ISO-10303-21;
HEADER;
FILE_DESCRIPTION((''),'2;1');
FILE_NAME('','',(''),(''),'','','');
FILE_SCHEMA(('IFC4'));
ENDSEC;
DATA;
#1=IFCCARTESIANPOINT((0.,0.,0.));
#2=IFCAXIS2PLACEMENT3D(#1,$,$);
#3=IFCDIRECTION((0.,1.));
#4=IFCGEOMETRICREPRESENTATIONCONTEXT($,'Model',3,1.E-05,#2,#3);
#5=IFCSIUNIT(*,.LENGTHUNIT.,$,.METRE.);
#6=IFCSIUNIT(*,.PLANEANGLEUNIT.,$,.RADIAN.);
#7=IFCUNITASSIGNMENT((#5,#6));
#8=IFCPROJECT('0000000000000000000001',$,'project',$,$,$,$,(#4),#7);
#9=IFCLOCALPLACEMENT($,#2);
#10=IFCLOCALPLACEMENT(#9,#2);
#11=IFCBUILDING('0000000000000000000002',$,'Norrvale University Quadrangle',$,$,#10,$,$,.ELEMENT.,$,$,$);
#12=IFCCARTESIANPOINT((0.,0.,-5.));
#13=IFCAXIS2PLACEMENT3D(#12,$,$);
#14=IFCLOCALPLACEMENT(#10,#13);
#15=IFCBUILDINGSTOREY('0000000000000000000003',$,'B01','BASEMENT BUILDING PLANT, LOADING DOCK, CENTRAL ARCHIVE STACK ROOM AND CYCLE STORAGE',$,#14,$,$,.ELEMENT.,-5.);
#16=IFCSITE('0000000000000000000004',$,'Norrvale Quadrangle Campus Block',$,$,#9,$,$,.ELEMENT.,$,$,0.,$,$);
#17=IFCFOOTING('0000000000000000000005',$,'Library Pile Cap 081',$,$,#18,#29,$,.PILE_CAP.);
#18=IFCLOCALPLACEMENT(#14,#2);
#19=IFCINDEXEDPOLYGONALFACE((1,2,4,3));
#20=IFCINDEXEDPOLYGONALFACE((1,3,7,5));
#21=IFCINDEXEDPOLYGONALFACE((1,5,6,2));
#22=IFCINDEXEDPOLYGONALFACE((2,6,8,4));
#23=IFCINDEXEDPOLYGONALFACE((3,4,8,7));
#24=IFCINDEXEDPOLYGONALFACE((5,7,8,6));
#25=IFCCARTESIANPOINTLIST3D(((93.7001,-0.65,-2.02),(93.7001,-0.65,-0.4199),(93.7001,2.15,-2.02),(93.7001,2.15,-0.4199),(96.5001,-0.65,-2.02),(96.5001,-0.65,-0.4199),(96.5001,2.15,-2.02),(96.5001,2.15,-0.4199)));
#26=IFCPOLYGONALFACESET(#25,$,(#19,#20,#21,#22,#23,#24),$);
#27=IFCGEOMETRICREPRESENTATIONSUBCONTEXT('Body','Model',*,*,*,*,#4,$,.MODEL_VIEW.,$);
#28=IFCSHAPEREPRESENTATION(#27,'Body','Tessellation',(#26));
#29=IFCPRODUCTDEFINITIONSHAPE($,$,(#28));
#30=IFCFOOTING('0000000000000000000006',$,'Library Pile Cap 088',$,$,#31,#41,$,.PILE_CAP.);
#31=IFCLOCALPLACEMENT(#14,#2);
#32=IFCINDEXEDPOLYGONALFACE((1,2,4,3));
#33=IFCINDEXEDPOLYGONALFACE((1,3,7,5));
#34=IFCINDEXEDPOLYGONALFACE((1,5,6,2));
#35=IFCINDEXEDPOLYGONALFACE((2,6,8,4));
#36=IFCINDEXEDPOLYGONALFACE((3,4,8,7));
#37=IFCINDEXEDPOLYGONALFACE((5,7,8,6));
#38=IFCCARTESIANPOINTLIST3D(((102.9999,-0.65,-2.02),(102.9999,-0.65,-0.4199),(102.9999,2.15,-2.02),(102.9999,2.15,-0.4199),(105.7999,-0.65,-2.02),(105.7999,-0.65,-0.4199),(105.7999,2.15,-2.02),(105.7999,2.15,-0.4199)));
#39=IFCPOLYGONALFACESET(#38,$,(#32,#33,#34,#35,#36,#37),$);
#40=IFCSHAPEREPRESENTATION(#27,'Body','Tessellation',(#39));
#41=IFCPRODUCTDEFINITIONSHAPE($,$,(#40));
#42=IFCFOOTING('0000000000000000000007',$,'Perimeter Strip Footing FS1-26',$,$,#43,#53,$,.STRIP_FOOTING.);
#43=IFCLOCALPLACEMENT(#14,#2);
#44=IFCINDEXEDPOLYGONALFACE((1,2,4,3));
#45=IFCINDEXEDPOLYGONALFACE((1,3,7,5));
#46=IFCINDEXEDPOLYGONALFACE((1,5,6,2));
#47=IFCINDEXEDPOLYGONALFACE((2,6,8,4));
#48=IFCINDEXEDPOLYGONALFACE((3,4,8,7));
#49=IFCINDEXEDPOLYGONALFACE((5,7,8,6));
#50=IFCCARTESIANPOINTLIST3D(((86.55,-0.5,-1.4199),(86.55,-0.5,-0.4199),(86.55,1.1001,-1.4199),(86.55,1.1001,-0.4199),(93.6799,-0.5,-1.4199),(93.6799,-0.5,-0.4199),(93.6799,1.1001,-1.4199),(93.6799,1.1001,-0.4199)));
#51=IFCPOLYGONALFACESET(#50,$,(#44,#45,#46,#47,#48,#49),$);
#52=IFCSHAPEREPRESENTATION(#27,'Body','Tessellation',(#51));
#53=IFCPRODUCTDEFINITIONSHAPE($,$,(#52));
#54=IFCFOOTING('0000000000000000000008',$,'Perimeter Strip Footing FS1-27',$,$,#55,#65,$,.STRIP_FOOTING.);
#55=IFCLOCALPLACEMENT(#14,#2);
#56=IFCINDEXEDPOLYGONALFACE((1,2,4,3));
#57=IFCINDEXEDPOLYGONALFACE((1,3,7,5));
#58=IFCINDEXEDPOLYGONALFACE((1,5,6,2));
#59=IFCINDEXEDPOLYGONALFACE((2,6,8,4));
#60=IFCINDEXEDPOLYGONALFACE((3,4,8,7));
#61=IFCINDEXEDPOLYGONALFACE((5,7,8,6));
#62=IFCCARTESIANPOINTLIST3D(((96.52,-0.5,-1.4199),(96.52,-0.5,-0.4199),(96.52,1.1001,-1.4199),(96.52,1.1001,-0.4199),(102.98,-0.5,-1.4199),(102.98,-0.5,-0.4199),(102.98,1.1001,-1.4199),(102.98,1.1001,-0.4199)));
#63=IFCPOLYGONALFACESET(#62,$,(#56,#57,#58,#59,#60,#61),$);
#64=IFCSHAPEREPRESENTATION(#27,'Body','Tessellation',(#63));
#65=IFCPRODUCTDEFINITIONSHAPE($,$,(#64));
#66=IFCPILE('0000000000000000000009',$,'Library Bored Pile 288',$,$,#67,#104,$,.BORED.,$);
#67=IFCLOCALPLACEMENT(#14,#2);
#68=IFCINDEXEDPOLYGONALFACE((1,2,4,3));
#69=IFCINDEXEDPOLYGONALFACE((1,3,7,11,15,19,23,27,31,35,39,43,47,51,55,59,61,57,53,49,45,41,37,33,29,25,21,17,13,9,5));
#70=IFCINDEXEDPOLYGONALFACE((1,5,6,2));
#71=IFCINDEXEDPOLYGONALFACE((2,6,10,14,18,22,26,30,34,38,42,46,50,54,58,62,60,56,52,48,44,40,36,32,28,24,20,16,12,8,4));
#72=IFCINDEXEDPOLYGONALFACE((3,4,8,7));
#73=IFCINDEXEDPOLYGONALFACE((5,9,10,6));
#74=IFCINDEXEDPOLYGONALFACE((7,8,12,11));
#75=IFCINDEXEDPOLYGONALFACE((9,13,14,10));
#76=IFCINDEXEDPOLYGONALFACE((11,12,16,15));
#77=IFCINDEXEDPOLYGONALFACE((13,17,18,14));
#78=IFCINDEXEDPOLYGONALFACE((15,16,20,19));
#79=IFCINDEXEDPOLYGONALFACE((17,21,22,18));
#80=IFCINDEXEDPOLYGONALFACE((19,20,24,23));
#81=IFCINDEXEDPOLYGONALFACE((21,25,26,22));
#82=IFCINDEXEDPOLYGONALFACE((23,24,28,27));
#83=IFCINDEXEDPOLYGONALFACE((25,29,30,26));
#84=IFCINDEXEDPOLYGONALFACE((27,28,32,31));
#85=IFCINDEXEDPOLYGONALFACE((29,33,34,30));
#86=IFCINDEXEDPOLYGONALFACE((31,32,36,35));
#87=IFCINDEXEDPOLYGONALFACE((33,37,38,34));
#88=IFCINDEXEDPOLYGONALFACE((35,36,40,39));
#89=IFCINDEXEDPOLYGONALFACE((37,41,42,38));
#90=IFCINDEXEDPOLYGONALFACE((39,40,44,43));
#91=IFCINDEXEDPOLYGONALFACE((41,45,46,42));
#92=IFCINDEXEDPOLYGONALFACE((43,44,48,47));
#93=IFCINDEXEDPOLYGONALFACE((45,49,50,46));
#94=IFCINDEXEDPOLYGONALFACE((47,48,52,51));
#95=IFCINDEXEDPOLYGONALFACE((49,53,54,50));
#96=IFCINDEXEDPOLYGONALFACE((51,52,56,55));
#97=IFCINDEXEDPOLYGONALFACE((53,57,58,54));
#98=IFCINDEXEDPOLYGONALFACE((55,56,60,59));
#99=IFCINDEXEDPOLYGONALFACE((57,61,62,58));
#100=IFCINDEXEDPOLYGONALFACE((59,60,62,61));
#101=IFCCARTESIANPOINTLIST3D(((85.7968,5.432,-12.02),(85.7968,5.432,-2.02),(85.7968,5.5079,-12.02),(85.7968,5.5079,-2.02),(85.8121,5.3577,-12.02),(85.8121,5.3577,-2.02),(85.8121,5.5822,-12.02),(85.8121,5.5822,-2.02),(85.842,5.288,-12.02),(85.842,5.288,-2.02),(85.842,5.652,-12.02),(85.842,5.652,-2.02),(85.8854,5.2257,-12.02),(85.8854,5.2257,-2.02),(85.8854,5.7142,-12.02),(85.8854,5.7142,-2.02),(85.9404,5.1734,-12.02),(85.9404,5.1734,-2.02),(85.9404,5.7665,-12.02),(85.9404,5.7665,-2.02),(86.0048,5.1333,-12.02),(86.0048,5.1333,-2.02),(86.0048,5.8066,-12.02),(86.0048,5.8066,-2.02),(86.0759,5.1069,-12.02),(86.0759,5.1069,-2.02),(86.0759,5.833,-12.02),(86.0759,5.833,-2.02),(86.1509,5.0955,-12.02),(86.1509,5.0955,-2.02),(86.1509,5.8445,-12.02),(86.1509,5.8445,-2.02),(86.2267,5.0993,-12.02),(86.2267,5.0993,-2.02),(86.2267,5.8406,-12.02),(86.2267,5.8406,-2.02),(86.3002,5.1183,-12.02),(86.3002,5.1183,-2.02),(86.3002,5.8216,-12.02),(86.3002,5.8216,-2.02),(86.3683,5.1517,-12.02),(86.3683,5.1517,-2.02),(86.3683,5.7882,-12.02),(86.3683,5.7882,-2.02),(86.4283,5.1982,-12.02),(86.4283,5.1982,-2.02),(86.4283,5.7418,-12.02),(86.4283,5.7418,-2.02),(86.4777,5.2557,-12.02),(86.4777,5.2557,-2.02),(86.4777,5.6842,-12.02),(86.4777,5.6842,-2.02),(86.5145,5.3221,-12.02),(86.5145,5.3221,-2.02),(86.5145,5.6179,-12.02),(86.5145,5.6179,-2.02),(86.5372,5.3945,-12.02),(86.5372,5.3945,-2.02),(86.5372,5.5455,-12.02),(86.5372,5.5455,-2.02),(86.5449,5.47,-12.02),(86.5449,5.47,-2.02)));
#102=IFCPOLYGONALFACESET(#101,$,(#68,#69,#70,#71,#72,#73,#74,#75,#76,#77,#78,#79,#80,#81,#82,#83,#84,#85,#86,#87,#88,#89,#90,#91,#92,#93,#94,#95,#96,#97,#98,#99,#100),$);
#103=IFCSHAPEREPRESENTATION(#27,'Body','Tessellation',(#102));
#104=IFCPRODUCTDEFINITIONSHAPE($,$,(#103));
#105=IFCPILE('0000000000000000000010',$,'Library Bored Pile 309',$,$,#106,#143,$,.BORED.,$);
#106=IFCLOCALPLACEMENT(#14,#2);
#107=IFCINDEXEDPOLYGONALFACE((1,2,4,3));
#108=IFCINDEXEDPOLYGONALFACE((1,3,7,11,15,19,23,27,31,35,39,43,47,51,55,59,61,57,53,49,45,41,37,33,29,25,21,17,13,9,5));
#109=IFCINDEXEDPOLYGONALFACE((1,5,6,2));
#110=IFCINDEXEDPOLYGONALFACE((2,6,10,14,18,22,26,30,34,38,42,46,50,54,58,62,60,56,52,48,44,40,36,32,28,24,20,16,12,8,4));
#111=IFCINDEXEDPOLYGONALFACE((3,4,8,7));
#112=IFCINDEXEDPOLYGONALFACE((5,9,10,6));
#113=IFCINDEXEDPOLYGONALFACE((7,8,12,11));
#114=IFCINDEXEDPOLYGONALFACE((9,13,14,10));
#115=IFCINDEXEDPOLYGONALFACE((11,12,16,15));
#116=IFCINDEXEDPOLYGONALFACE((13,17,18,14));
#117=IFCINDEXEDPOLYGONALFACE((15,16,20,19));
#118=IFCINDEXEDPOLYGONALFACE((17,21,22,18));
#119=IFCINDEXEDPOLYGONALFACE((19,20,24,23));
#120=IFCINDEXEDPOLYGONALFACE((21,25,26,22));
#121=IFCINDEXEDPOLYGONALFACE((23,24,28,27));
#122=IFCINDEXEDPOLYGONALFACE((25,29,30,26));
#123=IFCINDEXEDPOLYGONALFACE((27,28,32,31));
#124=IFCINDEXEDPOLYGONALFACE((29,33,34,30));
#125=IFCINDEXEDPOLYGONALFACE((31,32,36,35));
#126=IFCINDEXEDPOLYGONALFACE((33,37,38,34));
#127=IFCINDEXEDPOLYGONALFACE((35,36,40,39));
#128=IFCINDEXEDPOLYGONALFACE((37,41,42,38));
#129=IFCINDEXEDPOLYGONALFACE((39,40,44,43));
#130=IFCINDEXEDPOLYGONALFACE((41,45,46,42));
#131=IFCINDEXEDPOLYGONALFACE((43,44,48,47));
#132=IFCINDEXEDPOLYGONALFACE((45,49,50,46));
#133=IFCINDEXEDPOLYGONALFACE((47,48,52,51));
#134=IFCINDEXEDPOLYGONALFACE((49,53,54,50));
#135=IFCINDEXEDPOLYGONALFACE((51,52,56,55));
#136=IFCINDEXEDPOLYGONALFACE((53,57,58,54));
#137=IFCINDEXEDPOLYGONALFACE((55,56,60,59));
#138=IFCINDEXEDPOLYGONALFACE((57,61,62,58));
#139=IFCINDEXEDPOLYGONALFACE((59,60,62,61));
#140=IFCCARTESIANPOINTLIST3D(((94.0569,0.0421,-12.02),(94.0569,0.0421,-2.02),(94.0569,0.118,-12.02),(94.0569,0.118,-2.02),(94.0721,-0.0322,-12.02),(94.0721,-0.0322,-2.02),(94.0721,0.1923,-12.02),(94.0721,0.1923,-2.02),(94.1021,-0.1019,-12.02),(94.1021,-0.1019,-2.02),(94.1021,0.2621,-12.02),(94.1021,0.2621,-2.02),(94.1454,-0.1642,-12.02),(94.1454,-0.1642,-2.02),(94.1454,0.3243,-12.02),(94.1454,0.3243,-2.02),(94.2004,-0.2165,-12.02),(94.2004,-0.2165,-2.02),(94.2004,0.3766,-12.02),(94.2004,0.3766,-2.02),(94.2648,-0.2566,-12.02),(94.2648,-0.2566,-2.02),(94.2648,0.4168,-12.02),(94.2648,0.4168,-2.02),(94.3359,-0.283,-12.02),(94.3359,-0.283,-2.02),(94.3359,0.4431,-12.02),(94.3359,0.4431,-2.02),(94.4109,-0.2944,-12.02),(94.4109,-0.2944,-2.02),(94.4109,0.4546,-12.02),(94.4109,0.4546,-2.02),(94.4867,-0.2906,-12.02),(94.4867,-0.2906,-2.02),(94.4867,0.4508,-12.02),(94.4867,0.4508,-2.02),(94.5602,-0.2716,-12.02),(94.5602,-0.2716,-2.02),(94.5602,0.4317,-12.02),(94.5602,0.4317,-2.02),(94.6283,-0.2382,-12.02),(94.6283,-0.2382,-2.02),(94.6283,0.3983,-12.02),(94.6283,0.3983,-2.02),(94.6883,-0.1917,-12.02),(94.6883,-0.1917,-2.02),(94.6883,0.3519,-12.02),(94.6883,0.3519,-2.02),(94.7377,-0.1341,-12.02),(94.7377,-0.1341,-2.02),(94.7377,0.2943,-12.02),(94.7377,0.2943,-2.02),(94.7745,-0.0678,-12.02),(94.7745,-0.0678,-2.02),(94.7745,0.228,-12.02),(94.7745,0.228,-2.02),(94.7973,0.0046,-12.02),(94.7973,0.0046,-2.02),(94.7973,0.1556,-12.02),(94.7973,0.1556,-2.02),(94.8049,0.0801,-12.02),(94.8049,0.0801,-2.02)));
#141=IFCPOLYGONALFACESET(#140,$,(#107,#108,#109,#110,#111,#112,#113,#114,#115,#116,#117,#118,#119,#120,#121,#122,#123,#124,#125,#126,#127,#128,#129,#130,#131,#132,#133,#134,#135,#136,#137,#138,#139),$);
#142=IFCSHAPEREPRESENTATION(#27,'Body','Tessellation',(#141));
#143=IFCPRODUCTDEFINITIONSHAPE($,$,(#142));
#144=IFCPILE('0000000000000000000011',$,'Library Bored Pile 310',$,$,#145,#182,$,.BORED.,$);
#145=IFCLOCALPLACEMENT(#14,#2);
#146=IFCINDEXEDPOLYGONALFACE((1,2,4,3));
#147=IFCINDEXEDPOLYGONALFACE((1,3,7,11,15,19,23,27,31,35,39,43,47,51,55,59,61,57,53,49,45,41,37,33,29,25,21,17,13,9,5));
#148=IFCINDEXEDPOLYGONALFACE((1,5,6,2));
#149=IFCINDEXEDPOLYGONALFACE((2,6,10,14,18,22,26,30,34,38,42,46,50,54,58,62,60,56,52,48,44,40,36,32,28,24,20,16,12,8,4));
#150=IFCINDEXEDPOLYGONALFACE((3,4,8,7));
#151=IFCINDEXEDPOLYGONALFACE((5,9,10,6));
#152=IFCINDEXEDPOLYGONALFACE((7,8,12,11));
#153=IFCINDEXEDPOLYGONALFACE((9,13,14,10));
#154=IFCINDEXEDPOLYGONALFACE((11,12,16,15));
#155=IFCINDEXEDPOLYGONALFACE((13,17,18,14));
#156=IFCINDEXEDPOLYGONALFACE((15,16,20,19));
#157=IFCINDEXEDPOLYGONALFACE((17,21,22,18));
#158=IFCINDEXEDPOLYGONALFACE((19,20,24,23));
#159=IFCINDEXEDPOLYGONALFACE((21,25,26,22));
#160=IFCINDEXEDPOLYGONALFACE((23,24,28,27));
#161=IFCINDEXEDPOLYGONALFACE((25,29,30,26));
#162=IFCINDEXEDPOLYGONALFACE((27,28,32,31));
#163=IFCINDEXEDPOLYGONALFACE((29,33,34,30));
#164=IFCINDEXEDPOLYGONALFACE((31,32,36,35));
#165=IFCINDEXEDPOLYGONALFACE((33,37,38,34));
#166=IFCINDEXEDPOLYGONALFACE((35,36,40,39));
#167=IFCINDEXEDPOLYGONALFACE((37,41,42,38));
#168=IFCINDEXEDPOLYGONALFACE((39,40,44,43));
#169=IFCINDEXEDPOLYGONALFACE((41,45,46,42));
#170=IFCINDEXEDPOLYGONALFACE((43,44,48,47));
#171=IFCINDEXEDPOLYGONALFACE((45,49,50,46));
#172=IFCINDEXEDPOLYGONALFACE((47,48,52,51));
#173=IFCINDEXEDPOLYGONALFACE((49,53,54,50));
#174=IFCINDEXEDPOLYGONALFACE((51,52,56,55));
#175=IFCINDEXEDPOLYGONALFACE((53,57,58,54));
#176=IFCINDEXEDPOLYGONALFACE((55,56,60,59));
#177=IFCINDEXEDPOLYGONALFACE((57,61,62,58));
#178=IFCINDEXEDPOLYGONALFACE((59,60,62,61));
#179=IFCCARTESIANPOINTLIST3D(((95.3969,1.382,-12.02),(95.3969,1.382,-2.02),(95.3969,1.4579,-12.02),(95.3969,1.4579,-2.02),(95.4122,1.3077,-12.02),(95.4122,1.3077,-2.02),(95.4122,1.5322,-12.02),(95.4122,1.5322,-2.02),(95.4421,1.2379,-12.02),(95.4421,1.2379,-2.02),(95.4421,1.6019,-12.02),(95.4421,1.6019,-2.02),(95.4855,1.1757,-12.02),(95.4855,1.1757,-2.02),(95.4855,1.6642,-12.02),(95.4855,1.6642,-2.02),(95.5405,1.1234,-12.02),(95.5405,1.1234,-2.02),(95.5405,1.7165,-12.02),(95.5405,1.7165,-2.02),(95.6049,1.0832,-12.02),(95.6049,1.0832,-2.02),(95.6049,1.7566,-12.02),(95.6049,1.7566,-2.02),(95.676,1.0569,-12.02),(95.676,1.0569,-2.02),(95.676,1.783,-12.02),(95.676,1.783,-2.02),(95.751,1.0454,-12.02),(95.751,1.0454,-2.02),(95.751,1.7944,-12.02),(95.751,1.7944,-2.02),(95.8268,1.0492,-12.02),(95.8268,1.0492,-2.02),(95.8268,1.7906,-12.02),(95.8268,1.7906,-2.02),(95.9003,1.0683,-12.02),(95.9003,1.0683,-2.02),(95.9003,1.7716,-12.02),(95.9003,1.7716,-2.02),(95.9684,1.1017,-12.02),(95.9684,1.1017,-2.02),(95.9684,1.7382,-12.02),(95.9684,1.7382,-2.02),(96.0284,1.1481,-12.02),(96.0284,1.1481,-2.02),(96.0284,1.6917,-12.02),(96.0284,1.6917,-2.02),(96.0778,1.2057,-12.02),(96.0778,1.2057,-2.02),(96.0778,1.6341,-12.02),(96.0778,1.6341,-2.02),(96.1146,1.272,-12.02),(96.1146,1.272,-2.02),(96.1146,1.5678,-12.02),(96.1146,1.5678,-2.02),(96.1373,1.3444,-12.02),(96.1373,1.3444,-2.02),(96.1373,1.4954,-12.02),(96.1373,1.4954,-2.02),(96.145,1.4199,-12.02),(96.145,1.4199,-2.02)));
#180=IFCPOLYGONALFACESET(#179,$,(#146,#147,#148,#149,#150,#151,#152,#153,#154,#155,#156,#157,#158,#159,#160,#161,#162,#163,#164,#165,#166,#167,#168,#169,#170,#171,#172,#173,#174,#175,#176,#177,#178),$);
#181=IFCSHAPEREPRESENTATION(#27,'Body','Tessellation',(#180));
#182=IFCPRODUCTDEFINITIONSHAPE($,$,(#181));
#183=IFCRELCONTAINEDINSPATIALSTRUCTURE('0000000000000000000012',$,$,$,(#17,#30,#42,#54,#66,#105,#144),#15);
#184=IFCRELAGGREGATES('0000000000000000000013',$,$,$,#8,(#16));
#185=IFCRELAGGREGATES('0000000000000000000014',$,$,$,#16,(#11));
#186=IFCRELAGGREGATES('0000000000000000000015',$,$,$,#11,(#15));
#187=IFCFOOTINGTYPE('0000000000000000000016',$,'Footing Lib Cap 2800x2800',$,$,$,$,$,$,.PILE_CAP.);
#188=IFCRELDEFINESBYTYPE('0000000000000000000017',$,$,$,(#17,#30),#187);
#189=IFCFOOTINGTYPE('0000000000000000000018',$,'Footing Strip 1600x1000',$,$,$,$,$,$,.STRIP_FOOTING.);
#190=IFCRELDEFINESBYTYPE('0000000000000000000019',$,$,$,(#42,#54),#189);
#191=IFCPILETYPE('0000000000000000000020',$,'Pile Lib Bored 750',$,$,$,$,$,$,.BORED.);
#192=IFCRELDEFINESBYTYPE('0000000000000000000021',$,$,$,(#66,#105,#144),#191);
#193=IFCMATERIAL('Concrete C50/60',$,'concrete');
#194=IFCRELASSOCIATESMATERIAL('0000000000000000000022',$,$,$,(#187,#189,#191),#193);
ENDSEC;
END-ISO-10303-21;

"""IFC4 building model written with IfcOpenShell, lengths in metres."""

from ifc_helpers import new_model, si_unit, direction, frame, origin, origin_2d, place, context, subcontext, project, spatial, rectangle, circle, extrude, material, material_profile, profile_set, type_object, element, save


model = new_model("IFC4")

# Units and contexts
model_context = context("Model", 3, precision=1e-05, world=origin(), true_north=direction((0.0, 1.0)))
body_context = subcontext(model_context, "Body", "Model", "MODEL_VIEW")
ifc_project = project(units=[si_unit("LENGTHUNIT", "METRE"), si_unit("PLANEANGLEUNIT", "RADIAN")], contexts=[model_context])

# Site, building, storey
site_placement = place(None, origin())
site = spatial("IfcSite", under=ifc_project, at=site_placement, Name="Norrvale Quadrangle Campus Block", CompositionType="ELEMENT", RefElevation=0.0)
building_placement = place(site_placement, origin())
building = spatial("IfcBuilding", under=site, at=building_placement, Name="Norrvale University Quadrangle", CompositionType="ELEMENT")
storey_placement = place(building_placement, frame((0.0, 0.0, -5.0)))
storey = spatial("IfcBuildingStorey", under=building, at=storey_placement, Name="B01", Description="BASEMENT BUILDING PLANT, LOADING DOCK, CENTRAL ARCHIVE STACK ROOM AND CYCLE STORAGE", CompositionType="ELEMENT", Elevation=-5.0)

# Footings
ifc_material_1 = material(Name="Concrete C50/60", Category="concrete")
footing_type_1 = type_object("IfcFootingType", Name="Footing Lib Cap 2800x2800", PredefinedType="PILE_CAP", material=ifc_material_1)
for number, where, z_axis, x_axis, name in (
    (1, (95.1001, 0.75, -2.02), (0.0, 0.0, 1.0), (1.0, 0.0, 0.0), "Library Pile Cap 081"),
    (2, (104.3999, 0.75, -2.02), (0.0, 0.0, 1.0), (1.0, 0.0, 0.0), "Library Pile Cap 088"),
):
    element("IfcFooting", number, at=place(storey_placement, frame(where, z_axis=z_axis, x_axis=x_axis)), inside=storey, type_object=footing_type_1, Name=name, PredefinedType="PILE_CAP", context=body_context, shape_type="SweptSolid", body=[
        extrude(rectangle(XDim=2.8, YDim=2.8, at=origin_2d()), origin(), (0.0, 0.0, 1.0), 1.6001),
    ])
footing_type_2 = type_object("IfcFootingType", Name="Footing Strip 1600x1000", PredefinedType="STRIP_FOOTING", material=ifc_material_1)
footing_1_placement = place(storey_placement, frame((90.115, 0.3, -1.4199), z_axis=(0.0, 0.0, 1.0), x_axis=(1.0, 0.0, 0.0)))
element("IfcFooting", 3, at=footing_1_placement, inside=storey, type_object=footing_type_2, Name="Perimeter Strip Footing FS1-26", PredefinedType="STRIP_FOOTING", context=body_context, shape_type="SweptSolid", body=[
    extrude(rectangle(XDim=7.1299, YDim=1.6001, at=origin_2d()), origin(), (0.0, 0.0, 1.0), 1.0),
])
footing_2_placement = place(storey_placement, frame((99.75, 0.3, -1.4199), z_axis=(0.0, 0.0, 1.0), x_axis=(1.0, 0.0, 0.0)))
element("IfcFooting", 4, at=footing_2_placement, inside=storey, type_object=footing_type_2, Name="Perimeter Strip Footing FS1-27", PredefinedType="STRIP_FOOTING", context=body_context, shape_type="SweptSolid", body=[
    extrude(rectangle(XDim=6.46, YDim=1.6001, at=origin_2d()), origin(), (0.0, 0.0, 1.0), 1.0),
])

# Piles
ifc_material_profile_1 = material_profile(ifc_material_1, circle(Radius=0.375, at=origin_2d()), Name="Concrete C50/60")
ifc_profile_set_1 = profile_set([ifc_material_profile_1], Name="Concrete C50/60")
pile_type = type_object("IfcPileType", Name="Pile Lib Bored 750", PredefinedType="BORED", material=ifc_profile_set_1)
for number, where, z_axis, x_axis, name in (
    (5, (86.1699, 5.47, -2.02), (0.0, 0.0, -1.0), (1.0, 0.0, 0.0), "Library Bored Pile 288"),
    (6, (94.4299, 0.0801, -2.02), (0.0, 0.0, -1.0), (1.0, 0.0, 0.0), "Library Bored Pile 309"),
    (7, (95.77, 1.4199, -2.02), (0.0, 0.0, -1.0), (1.0, 0.0, 0.0), "Library Bored Pile 310"),
):
    element("IfcPile", number, at=place(storey_placement, frame(where, z_axis=z_axis, x_axis=x_axis)), inside=storey, type_object=pile_type, Name=name, PredefinedType="BORED", context=body_context, shape_type="SweptSolid", body=[
        extrude(circle(Radius=0.375, at=origin_2d()), origin(), (0.0, 0.0, 1.0), 10.0),
    ])

save(model, "model.ifc")
